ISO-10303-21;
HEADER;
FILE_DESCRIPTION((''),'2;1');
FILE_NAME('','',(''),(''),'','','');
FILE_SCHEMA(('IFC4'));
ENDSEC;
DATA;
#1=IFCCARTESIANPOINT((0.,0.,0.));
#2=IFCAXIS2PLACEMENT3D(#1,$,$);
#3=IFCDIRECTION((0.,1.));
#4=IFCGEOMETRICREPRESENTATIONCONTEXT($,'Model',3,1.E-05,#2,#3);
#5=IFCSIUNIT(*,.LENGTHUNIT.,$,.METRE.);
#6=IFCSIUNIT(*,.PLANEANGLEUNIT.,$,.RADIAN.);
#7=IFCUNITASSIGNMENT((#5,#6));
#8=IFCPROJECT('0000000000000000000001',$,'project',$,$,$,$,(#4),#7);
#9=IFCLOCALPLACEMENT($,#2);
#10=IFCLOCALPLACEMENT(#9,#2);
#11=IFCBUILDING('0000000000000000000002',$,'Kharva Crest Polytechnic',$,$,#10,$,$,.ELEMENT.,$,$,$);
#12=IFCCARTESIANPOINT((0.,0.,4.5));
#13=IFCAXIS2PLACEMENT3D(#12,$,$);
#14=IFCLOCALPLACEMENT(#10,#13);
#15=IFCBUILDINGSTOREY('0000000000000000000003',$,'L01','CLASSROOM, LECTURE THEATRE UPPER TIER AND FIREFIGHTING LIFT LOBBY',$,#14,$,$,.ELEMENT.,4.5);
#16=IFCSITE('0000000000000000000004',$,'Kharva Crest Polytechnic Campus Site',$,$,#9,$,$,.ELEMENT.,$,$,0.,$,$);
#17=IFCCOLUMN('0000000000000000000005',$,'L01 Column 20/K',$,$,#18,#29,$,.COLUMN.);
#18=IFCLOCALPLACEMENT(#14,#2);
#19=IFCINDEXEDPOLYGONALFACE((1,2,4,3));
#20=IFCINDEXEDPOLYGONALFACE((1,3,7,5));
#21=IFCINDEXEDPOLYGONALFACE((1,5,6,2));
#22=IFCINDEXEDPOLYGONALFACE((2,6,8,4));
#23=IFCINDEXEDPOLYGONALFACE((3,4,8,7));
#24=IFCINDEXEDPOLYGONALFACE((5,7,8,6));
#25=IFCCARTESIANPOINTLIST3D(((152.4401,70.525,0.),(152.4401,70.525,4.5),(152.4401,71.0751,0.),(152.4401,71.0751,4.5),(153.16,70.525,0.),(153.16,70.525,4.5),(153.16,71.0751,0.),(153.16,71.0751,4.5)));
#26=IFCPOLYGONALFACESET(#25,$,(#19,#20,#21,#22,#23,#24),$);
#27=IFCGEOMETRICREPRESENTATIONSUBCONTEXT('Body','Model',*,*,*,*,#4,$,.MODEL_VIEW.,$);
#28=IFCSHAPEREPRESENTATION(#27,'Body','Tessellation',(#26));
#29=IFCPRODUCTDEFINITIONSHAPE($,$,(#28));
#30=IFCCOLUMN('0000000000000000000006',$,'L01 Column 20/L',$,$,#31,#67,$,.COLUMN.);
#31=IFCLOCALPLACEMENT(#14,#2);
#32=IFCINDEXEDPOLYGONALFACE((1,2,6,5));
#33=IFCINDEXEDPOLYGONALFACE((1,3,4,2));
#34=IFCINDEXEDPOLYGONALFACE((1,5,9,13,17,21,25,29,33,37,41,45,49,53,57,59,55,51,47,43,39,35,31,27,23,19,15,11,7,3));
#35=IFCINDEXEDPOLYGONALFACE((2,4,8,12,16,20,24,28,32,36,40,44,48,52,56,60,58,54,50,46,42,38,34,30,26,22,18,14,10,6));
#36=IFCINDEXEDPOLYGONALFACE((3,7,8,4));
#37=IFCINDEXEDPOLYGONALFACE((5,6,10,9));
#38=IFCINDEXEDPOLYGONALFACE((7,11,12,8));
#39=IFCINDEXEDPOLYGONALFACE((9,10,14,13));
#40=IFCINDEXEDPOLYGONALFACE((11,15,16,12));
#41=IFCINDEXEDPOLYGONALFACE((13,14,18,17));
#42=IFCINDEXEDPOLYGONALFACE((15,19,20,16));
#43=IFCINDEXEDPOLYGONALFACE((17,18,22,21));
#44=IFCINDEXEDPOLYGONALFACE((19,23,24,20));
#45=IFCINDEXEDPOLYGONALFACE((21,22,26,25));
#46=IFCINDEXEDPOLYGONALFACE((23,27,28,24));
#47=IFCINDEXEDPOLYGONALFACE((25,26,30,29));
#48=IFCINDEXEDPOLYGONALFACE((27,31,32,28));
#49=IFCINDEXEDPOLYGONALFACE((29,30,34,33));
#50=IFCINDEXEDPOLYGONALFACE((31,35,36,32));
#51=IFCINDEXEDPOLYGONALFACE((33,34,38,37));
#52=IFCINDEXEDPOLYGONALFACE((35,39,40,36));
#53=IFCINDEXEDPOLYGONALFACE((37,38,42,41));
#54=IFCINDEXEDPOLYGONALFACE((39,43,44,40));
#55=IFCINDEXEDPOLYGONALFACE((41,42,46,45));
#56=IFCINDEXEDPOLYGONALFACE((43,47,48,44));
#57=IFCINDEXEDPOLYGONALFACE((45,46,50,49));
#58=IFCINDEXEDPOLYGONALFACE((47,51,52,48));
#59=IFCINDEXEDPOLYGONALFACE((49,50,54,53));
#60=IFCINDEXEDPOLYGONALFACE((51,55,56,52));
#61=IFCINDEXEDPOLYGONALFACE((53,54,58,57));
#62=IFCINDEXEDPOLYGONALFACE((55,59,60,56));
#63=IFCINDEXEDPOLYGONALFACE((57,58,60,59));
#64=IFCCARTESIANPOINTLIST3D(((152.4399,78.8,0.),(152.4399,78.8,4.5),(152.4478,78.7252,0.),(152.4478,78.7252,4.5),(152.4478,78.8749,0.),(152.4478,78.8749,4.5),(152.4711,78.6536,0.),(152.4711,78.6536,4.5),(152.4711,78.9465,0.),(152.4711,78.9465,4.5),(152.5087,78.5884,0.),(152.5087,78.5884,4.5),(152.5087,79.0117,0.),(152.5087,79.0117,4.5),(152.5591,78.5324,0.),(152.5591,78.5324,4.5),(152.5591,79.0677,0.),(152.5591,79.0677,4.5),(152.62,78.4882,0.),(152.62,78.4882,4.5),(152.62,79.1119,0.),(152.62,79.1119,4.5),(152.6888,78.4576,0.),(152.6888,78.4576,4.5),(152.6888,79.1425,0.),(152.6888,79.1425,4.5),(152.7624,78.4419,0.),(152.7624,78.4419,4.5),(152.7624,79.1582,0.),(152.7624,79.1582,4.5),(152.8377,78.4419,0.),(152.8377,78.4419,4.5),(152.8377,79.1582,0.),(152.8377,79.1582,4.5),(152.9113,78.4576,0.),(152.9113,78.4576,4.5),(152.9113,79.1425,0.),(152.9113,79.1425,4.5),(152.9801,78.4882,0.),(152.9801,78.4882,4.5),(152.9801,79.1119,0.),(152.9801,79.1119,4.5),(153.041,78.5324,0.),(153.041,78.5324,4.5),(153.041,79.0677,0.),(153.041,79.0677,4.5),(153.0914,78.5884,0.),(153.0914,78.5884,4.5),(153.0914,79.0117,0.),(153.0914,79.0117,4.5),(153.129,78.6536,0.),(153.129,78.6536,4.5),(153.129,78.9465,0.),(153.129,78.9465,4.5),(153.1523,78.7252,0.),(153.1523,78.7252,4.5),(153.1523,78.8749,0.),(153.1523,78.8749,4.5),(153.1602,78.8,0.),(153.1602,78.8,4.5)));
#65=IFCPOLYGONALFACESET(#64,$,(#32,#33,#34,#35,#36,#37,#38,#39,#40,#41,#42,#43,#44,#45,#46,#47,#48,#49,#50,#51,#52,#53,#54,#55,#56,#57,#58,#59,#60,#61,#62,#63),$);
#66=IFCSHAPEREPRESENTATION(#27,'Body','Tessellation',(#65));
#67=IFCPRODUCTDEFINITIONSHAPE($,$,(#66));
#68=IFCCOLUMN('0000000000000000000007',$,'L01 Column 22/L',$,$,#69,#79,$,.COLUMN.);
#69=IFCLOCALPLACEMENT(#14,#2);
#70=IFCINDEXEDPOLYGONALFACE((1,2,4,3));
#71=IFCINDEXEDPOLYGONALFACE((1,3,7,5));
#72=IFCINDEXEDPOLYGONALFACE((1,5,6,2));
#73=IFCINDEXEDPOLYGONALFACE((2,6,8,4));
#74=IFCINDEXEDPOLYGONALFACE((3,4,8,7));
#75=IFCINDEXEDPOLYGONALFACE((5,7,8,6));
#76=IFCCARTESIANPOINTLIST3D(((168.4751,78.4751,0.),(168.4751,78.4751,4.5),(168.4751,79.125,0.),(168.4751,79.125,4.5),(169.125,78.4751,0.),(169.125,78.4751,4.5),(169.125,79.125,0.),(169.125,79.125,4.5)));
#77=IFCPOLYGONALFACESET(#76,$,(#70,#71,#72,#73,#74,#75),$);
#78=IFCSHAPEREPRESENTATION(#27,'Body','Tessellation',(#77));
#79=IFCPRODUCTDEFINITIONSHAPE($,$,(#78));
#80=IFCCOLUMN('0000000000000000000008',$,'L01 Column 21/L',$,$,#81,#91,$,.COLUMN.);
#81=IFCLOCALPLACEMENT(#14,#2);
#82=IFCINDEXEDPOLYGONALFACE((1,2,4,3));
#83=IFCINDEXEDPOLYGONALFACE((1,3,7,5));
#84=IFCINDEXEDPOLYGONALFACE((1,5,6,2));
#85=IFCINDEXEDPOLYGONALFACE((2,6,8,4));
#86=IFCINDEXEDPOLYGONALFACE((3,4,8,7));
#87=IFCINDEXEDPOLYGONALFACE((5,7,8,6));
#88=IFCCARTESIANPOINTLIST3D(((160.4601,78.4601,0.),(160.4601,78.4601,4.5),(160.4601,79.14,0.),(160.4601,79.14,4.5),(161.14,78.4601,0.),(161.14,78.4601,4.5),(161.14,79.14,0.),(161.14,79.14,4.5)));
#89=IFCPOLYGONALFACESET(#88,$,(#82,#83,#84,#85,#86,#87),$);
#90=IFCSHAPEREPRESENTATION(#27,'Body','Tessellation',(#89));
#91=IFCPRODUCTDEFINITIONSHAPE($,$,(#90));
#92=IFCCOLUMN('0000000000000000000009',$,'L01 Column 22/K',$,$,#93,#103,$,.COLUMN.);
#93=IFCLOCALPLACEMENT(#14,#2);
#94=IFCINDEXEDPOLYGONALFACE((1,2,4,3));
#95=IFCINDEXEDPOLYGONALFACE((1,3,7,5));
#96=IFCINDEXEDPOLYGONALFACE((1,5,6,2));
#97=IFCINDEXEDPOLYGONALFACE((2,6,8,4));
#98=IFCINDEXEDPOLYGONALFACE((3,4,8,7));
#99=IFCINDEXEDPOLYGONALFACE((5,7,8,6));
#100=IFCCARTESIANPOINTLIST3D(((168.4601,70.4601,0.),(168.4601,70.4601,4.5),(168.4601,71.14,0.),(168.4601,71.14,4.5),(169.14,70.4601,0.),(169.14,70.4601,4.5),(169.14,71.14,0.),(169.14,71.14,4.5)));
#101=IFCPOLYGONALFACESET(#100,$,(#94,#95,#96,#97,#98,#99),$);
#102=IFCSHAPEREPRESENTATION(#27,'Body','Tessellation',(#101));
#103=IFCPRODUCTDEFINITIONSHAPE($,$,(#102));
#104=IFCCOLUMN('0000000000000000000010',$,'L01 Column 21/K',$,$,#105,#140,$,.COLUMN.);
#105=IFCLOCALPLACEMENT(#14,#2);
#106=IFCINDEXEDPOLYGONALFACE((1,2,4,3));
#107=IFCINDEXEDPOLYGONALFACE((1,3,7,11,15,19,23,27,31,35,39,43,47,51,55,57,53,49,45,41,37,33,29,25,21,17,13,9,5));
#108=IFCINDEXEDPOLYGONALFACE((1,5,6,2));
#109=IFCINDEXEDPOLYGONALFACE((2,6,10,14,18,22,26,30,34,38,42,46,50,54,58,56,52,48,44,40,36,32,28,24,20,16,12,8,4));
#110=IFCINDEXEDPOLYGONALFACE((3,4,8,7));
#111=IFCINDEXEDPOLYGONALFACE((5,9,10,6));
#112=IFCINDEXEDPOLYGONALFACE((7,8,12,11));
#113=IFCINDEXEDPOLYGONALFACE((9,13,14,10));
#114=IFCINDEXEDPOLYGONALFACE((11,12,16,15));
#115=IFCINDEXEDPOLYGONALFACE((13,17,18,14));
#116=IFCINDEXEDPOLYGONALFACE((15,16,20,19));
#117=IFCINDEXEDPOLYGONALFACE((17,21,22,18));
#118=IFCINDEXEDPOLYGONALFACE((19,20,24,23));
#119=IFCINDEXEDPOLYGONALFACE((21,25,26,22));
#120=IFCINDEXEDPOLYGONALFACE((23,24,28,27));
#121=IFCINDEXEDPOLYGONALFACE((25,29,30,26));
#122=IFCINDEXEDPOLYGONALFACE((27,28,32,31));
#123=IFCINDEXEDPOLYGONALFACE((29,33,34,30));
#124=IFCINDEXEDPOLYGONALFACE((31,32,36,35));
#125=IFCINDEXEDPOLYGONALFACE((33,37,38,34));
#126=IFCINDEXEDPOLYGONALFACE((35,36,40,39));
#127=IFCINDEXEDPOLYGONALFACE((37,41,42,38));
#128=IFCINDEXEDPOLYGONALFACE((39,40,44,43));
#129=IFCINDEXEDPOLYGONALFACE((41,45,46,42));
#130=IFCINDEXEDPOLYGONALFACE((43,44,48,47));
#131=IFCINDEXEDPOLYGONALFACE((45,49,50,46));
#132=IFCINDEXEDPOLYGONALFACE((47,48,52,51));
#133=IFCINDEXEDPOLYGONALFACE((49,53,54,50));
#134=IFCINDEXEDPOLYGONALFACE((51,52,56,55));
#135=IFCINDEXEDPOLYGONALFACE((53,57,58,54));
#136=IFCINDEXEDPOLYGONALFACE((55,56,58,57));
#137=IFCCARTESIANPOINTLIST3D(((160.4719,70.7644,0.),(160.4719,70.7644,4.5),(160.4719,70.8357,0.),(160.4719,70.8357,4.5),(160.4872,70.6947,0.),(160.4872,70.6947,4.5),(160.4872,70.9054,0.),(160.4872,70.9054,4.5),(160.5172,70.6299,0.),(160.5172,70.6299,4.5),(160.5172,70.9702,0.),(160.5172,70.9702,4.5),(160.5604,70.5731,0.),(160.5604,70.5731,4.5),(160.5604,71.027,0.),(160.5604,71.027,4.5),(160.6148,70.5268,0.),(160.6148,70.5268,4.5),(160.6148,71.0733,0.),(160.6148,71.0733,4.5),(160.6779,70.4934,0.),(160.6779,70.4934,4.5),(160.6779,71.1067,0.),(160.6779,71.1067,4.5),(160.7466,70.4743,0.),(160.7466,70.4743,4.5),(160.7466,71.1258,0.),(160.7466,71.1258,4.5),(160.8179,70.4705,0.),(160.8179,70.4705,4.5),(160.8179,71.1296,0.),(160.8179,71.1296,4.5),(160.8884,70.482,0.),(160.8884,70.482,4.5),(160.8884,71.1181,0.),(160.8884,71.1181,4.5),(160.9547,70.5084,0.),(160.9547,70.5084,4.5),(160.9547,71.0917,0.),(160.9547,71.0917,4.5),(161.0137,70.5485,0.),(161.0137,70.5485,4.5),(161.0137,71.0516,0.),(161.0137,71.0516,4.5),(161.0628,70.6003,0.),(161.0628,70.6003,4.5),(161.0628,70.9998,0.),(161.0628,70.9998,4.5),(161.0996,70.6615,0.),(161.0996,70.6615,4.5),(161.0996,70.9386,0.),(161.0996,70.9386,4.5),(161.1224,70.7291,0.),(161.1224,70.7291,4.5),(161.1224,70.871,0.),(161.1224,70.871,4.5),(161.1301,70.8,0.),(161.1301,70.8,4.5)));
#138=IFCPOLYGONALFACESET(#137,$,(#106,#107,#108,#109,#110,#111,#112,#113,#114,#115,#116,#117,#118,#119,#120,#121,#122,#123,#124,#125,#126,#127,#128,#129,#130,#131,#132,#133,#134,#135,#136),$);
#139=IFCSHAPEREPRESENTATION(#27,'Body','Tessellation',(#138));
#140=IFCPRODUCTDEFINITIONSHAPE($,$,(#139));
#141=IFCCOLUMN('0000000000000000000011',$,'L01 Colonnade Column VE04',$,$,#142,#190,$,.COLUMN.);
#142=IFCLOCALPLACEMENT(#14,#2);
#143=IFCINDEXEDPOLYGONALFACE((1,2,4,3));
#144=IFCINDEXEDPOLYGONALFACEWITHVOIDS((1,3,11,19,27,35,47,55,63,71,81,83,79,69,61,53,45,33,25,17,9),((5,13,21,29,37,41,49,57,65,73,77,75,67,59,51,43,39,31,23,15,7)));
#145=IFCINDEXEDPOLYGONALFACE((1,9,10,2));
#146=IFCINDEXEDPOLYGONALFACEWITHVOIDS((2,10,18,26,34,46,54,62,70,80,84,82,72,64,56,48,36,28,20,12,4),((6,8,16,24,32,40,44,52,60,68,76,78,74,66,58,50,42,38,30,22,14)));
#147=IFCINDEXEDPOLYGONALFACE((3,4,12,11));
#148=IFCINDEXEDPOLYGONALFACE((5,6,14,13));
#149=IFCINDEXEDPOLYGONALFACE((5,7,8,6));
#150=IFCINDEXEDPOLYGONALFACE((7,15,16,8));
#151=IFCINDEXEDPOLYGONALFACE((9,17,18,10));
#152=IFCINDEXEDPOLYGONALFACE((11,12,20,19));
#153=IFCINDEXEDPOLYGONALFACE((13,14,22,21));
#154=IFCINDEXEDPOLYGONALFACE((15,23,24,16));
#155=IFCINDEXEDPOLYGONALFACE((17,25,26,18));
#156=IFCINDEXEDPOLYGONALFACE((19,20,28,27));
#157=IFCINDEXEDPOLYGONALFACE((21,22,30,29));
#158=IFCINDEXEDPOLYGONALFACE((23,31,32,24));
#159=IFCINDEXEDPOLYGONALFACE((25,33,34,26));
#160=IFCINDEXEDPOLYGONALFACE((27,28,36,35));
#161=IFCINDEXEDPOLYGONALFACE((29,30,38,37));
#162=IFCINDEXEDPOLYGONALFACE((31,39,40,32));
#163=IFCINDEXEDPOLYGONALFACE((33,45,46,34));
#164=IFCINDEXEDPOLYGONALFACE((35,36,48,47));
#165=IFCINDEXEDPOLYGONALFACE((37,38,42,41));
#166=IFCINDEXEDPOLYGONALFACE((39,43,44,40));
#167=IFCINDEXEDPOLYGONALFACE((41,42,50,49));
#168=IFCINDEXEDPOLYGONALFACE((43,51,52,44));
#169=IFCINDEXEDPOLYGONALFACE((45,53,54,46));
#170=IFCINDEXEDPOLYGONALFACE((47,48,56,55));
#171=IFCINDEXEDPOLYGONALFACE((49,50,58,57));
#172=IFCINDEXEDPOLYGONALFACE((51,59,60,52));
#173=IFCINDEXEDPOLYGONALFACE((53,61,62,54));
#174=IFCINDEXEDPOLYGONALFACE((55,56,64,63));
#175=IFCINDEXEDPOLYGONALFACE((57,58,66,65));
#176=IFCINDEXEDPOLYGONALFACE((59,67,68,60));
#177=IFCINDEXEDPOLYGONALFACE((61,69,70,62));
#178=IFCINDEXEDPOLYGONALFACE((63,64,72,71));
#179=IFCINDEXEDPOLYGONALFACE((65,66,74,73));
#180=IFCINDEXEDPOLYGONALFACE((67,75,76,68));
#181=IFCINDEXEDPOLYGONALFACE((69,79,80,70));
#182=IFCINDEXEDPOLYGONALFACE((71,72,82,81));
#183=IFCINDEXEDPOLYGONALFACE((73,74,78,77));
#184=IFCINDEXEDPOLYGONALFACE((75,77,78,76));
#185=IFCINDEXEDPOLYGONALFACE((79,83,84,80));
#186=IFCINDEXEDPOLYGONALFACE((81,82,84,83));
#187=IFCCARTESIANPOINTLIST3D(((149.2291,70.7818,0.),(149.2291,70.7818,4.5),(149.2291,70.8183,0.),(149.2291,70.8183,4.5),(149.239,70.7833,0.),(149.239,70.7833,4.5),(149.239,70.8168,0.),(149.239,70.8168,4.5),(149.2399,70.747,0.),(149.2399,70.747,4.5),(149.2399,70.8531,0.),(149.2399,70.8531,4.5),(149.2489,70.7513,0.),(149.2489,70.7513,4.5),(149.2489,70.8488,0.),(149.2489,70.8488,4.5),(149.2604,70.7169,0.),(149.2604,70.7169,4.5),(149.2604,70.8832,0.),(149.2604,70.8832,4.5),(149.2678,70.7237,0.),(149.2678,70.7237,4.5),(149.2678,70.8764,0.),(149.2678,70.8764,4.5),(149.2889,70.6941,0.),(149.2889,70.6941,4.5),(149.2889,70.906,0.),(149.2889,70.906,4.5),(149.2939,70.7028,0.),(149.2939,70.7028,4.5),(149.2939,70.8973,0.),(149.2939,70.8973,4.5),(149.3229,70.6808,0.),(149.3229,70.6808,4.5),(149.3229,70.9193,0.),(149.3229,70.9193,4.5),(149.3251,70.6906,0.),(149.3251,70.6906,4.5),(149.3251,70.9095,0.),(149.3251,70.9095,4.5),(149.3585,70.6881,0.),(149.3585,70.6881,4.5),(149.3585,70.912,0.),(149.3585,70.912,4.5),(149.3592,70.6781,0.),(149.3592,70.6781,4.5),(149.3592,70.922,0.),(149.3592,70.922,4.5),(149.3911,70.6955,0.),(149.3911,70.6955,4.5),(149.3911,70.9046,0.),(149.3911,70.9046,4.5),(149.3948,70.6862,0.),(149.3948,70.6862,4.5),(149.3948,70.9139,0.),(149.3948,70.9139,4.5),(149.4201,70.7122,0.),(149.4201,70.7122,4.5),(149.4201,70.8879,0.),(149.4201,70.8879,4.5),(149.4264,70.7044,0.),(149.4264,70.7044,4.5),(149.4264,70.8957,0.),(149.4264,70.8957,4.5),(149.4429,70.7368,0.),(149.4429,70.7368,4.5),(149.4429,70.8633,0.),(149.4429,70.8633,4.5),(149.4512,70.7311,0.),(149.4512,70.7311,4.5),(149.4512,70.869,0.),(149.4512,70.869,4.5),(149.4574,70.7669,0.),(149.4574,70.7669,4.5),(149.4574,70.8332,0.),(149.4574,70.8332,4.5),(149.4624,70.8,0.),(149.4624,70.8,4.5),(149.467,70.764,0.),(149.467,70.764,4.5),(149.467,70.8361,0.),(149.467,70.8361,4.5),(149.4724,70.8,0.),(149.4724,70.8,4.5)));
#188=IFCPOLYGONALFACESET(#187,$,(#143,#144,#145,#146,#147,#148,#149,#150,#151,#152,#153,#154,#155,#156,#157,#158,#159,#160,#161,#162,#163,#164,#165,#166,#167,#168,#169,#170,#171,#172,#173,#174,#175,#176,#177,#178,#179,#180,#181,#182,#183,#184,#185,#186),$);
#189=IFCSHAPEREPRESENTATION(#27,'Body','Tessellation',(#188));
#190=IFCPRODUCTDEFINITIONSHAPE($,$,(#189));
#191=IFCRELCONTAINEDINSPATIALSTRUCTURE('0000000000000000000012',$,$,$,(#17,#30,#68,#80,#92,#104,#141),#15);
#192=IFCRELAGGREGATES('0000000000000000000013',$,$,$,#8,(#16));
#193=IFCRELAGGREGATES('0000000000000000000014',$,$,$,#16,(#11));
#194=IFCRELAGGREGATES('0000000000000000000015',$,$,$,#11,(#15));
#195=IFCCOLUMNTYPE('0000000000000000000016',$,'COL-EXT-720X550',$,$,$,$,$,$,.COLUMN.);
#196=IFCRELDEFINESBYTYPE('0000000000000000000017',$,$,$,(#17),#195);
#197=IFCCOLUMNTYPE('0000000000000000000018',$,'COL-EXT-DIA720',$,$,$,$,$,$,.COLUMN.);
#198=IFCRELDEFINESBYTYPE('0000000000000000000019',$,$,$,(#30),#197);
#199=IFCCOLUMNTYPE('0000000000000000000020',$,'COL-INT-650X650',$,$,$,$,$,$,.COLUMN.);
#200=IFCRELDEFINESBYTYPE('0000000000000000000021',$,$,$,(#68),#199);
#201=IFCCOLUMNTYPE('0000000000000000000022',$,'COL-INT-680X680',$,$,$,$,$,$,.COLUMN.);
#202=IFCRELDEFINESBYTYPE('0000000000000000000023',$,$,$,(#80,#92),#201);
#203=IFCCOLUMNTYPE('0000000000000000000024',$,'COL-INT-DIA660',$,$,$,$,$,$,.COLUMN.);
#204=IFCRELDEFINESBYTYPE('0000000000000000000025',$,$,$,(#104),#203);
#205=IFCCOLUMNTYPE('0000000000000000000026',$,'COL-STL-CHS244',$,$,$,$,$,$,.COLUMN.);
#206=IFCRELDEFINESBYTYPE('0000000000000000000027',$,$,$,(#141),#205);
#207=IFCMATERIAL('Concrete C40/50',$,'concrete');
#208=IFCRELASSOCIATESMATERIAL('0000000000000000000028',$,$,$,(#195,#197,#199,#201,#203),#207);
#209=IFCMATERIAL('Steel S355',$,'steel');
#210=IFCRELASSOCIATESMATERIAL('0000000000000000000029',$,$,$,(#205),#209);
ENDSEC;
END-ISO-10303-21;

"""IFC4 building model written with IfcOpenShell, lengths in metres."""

from ifc_helpers import new_model, si_unit, direction, frame, origin, origin_2d, place, context, subcontext, project, spatial, rectangle, circle, hollow_circle, extrude, material, material_profile, profile_set, type_object, element, save


model = new_model("IFC4")

# Units and contexts
model_context = context("Model", 3, precision=1e-05, world=origin(), true_north=direction((0.0, 1.0)))
body_context = subcontext(model_context, "Body", "Model", "MODEL_VIEW")
ifc_project = project(units=[si_unit("LENGTHUNIT", "METRE"), si_unit("PLANEANGLEUNIT", "RADIAN")], contexts=[model_context])

# Site, building, storey
site_placement = place(None, origin())
site = spatial("IfcSite", under=ifc_project, at=site_placement, Name="Kharva Crest Polytechnic Campus Site", CompositionType="ELEMENT", RefElevation=0.0)
building_placement = place(site_placement, origin())
building = spatial("IfcBuilding", under=site, at=building_placement, Name="Kharva Crest Polytechnic", CompositionType="ELEMENT")
storey_placement = place(building_placement, frame((0.0, 0.0, 4.5)))
storey = spatial("IfcBuildingStorey", under=building, at=storey_placement, Name="L01", Description="CLASSROOM, LECTURE THEATRE UPPER TIER AND FIREFIGHTING LIFT LOBBY", CompositionType="ELEMENT", Elevation=4.5)

# Columns
ifc_material_1 = material(Name="Concrete C40/50", Category="concrete")
ifc_material_profile_1 = material_profile(ifc_material_1, rectangle(XDim=0.72, YDim=0.55, at=origin_2d()), Name="RECT 720 X 550")
ifc_profile_set_1 = profile_set([ifc_material_profile_1], Name="Concrete C40/50")
column_type_1 = type_object("IfcColumnType", Name="COL-EXT-720X550", PredefinedType="COLUMN", material=ifc_profile_set_1)
column_1_placement = place(storey_placement, frame((152.8, 70.8, 0.0), z_axis=(0.0, 0.0, 1.0), x_axis=(1.0, 0.0, 0.0)))
element("IfcColumn", 1, at=column_1_placement, inside=storey, type_object=column_type_1, Name="L01 Column 20/K", PredefinedType="COLUMN", context=body_context, shape_type="SweptSolid", body=[
    extrude(rectangle(XDim=0.72, YDim=0.55, at=origin_2d()), origin(), (0.0, 0.0, 1.0), 4.5),
])
ifc_material_profile_2 = material_profile(ifc_material_1, circle(Radius=0.3601, at=origin_2d()), Name="DIA 720")
ifc_profile_set_2 = profile_set([ifc_material_profile_2], Name="Concrete C40/50")
column_type_2 = type_object("IfcColumnType", Name="COL-EXT-DIA720", PredefinedType="COLUMN", material=ifc_profile_set_2)
column_2_placement = place(storey_placement, frame((152.8, 78.8, 0.0), z_axis=(0.0, 0.0, 1.0), x_axis=(1.0, 0.0, 0.0)))
element("IfcColumn", 2, at=column_2_placement, inside=storey, type_object=column_type_2, Name="L01 Column 20/L", PredefinedType="COLUMN", context=body_context, shape_type="SweptSolid", body=[
    extrude(circle(Radius=0.3601, at=origin_2d()), origin(), (0.0, 0.0, 1.0), 4.5),
])
ifc_material_profile_3 = material_profile(ifc_material_1, rectangle(XDim=0.6499, YDim=0.6499, at=origin_2d()), Name="RECT 650 X 650")
ifc_profile_set_3 = profile_set([ifc_material_profile_3], Name="Concrete C40/50")
column_type_3 = type_object("IfcColumnType", Name="COL-INT-650X650", PredefinedType="COLUMN", material=ifc_profile_set_3)
column_3_placement = place(storey_placement, frame((168.8, 78.8, 0.0), z_axis=(0.0, 0.0, 1.0), x_axis=(1.0, 0.0, 0.0)))
element("IfcColumn", 3, at=column_3_placement, inside=storey, type_object=column_type_3, Name="L01 Column 22/L", PredefinedType="COLUMN", context=body_context, shape_type="SweptSolid", body=[
    extrude(rectangle(XDim=0.6499, YDim=0.6499, at=origin_2d()), origin(), (0.0, 0.0, 1.0), 4.5),
])
ifc_material_profile_4 = material_profile(ifc_material_1, rectangle(XDim=0.6799, YDim=0.6799, at=origin_2d()), Name="RECT 680 X 680")
ifc_profile_set_4 = profile_set([ifc_material_profile_4], Name="Concrete C40/50")
column_type_4 = type_object("IfcColumnType", Name="COL-INT-680X680", PredefinedType="COLUMN", material=ifc_profile_set_4)
for number, where, z_axis, x_axis, name in (
    (4, (160.8, 78.8, 0.0), (0.0, 0.0, 1.0), (1.0, 0.0, 0.0), "L01 Column 21/L"),
    (5, (168.8, 70.8, 0.0), (0.0, 0.0, 1.0), (1.0, 0.0, 0.0), "L01 Column 22/K"),
):
    element("IfcColumn", number, at=place(storey_placement, frame(where, z_axis=z_axis, x_axis=x_axis)), inside=storey, type_object=column_type_4, Name=name, PredefinedType="COLUMN", context=body_context, shape_type="SweptSolid", body=[
        extrude(rectangle(XDim=0.6799, YDim=0.6799, at=origin_2d()), origin(), (0.0, 0.0, 1.0), 4.5),
    ])
ifc_material_profile_5 = material_profile(ifc_material_1, circle(Radius=0.3301, at=origin_2d()), Name="DIA 660")
ifc_profile_set_5 = profile_set([ifc_material_profile_5], Name="Concrete C40/50")
column_type_5 = type_object("IfcColumnType", Name="COL-INT-DIA660", PredefinedType="COLUMN", material=ifc_profile_set_5)
column_4_placement = place(storey_placement, frame((160.8, 70.8, 0.0), z_axis=(0.0, 0.0, 1.0), x_axis=(1.0, 0.0, 0.0)))
element("IfcColumn", 6, at=column_4_placement, inside=storey, type_object=column_type_5, Name="L01 Column 21/K", PredefinedType="COLUMN", context=body_context, shape_type="SweptSolid", body=[
    extrude(circle(Radius=0.3301, at=origin_2d()), origin(), (0.0, 0.0, 1.0), 4.5),
])
ifc_material_2 = material(Name="Steel S355", Category="steel")
ifc_material_profile_6 = material_profile(ifc_material_2, hollow_circle(Radius=0.1223, WallThickness=0.01, at=origin_2d()), Name="CHS 244.5X10.0")
ifc_profile_set_6 = profile_set([ifc_material_profile_6], Name="Steel S355")
column_type_6 = type_object("IfcColumnType", Name="COL-STL-CHS244", PredefinedType="COLUMN", material=ifc_profile_set_6)
for number, where, z_axis, x_axis, name in (
    (7, (149.3501, 70.8, 0.0), (0.0, 0.0, 1.0), (1.0, 0.0, 0.0), "L01 Colonnade Column VE04"),
):
    element("IfcColumn", number, at=place(storey_placement, frame(where, z_axis=z_axis, x_axis=x_axis)), inside=storey, type_object=column_type_6, Name=name, PredefinedType="COLUMN", context=body_context, shape_type="SweptSolid", body=[
        extrude(hollow_circle(Radius=0.1223, WallThickness=0.01, at=origin_2d()), origin(), (0.0, 0.0, 1.0), 4.5),
    ])

save(model, "model.ifc")
